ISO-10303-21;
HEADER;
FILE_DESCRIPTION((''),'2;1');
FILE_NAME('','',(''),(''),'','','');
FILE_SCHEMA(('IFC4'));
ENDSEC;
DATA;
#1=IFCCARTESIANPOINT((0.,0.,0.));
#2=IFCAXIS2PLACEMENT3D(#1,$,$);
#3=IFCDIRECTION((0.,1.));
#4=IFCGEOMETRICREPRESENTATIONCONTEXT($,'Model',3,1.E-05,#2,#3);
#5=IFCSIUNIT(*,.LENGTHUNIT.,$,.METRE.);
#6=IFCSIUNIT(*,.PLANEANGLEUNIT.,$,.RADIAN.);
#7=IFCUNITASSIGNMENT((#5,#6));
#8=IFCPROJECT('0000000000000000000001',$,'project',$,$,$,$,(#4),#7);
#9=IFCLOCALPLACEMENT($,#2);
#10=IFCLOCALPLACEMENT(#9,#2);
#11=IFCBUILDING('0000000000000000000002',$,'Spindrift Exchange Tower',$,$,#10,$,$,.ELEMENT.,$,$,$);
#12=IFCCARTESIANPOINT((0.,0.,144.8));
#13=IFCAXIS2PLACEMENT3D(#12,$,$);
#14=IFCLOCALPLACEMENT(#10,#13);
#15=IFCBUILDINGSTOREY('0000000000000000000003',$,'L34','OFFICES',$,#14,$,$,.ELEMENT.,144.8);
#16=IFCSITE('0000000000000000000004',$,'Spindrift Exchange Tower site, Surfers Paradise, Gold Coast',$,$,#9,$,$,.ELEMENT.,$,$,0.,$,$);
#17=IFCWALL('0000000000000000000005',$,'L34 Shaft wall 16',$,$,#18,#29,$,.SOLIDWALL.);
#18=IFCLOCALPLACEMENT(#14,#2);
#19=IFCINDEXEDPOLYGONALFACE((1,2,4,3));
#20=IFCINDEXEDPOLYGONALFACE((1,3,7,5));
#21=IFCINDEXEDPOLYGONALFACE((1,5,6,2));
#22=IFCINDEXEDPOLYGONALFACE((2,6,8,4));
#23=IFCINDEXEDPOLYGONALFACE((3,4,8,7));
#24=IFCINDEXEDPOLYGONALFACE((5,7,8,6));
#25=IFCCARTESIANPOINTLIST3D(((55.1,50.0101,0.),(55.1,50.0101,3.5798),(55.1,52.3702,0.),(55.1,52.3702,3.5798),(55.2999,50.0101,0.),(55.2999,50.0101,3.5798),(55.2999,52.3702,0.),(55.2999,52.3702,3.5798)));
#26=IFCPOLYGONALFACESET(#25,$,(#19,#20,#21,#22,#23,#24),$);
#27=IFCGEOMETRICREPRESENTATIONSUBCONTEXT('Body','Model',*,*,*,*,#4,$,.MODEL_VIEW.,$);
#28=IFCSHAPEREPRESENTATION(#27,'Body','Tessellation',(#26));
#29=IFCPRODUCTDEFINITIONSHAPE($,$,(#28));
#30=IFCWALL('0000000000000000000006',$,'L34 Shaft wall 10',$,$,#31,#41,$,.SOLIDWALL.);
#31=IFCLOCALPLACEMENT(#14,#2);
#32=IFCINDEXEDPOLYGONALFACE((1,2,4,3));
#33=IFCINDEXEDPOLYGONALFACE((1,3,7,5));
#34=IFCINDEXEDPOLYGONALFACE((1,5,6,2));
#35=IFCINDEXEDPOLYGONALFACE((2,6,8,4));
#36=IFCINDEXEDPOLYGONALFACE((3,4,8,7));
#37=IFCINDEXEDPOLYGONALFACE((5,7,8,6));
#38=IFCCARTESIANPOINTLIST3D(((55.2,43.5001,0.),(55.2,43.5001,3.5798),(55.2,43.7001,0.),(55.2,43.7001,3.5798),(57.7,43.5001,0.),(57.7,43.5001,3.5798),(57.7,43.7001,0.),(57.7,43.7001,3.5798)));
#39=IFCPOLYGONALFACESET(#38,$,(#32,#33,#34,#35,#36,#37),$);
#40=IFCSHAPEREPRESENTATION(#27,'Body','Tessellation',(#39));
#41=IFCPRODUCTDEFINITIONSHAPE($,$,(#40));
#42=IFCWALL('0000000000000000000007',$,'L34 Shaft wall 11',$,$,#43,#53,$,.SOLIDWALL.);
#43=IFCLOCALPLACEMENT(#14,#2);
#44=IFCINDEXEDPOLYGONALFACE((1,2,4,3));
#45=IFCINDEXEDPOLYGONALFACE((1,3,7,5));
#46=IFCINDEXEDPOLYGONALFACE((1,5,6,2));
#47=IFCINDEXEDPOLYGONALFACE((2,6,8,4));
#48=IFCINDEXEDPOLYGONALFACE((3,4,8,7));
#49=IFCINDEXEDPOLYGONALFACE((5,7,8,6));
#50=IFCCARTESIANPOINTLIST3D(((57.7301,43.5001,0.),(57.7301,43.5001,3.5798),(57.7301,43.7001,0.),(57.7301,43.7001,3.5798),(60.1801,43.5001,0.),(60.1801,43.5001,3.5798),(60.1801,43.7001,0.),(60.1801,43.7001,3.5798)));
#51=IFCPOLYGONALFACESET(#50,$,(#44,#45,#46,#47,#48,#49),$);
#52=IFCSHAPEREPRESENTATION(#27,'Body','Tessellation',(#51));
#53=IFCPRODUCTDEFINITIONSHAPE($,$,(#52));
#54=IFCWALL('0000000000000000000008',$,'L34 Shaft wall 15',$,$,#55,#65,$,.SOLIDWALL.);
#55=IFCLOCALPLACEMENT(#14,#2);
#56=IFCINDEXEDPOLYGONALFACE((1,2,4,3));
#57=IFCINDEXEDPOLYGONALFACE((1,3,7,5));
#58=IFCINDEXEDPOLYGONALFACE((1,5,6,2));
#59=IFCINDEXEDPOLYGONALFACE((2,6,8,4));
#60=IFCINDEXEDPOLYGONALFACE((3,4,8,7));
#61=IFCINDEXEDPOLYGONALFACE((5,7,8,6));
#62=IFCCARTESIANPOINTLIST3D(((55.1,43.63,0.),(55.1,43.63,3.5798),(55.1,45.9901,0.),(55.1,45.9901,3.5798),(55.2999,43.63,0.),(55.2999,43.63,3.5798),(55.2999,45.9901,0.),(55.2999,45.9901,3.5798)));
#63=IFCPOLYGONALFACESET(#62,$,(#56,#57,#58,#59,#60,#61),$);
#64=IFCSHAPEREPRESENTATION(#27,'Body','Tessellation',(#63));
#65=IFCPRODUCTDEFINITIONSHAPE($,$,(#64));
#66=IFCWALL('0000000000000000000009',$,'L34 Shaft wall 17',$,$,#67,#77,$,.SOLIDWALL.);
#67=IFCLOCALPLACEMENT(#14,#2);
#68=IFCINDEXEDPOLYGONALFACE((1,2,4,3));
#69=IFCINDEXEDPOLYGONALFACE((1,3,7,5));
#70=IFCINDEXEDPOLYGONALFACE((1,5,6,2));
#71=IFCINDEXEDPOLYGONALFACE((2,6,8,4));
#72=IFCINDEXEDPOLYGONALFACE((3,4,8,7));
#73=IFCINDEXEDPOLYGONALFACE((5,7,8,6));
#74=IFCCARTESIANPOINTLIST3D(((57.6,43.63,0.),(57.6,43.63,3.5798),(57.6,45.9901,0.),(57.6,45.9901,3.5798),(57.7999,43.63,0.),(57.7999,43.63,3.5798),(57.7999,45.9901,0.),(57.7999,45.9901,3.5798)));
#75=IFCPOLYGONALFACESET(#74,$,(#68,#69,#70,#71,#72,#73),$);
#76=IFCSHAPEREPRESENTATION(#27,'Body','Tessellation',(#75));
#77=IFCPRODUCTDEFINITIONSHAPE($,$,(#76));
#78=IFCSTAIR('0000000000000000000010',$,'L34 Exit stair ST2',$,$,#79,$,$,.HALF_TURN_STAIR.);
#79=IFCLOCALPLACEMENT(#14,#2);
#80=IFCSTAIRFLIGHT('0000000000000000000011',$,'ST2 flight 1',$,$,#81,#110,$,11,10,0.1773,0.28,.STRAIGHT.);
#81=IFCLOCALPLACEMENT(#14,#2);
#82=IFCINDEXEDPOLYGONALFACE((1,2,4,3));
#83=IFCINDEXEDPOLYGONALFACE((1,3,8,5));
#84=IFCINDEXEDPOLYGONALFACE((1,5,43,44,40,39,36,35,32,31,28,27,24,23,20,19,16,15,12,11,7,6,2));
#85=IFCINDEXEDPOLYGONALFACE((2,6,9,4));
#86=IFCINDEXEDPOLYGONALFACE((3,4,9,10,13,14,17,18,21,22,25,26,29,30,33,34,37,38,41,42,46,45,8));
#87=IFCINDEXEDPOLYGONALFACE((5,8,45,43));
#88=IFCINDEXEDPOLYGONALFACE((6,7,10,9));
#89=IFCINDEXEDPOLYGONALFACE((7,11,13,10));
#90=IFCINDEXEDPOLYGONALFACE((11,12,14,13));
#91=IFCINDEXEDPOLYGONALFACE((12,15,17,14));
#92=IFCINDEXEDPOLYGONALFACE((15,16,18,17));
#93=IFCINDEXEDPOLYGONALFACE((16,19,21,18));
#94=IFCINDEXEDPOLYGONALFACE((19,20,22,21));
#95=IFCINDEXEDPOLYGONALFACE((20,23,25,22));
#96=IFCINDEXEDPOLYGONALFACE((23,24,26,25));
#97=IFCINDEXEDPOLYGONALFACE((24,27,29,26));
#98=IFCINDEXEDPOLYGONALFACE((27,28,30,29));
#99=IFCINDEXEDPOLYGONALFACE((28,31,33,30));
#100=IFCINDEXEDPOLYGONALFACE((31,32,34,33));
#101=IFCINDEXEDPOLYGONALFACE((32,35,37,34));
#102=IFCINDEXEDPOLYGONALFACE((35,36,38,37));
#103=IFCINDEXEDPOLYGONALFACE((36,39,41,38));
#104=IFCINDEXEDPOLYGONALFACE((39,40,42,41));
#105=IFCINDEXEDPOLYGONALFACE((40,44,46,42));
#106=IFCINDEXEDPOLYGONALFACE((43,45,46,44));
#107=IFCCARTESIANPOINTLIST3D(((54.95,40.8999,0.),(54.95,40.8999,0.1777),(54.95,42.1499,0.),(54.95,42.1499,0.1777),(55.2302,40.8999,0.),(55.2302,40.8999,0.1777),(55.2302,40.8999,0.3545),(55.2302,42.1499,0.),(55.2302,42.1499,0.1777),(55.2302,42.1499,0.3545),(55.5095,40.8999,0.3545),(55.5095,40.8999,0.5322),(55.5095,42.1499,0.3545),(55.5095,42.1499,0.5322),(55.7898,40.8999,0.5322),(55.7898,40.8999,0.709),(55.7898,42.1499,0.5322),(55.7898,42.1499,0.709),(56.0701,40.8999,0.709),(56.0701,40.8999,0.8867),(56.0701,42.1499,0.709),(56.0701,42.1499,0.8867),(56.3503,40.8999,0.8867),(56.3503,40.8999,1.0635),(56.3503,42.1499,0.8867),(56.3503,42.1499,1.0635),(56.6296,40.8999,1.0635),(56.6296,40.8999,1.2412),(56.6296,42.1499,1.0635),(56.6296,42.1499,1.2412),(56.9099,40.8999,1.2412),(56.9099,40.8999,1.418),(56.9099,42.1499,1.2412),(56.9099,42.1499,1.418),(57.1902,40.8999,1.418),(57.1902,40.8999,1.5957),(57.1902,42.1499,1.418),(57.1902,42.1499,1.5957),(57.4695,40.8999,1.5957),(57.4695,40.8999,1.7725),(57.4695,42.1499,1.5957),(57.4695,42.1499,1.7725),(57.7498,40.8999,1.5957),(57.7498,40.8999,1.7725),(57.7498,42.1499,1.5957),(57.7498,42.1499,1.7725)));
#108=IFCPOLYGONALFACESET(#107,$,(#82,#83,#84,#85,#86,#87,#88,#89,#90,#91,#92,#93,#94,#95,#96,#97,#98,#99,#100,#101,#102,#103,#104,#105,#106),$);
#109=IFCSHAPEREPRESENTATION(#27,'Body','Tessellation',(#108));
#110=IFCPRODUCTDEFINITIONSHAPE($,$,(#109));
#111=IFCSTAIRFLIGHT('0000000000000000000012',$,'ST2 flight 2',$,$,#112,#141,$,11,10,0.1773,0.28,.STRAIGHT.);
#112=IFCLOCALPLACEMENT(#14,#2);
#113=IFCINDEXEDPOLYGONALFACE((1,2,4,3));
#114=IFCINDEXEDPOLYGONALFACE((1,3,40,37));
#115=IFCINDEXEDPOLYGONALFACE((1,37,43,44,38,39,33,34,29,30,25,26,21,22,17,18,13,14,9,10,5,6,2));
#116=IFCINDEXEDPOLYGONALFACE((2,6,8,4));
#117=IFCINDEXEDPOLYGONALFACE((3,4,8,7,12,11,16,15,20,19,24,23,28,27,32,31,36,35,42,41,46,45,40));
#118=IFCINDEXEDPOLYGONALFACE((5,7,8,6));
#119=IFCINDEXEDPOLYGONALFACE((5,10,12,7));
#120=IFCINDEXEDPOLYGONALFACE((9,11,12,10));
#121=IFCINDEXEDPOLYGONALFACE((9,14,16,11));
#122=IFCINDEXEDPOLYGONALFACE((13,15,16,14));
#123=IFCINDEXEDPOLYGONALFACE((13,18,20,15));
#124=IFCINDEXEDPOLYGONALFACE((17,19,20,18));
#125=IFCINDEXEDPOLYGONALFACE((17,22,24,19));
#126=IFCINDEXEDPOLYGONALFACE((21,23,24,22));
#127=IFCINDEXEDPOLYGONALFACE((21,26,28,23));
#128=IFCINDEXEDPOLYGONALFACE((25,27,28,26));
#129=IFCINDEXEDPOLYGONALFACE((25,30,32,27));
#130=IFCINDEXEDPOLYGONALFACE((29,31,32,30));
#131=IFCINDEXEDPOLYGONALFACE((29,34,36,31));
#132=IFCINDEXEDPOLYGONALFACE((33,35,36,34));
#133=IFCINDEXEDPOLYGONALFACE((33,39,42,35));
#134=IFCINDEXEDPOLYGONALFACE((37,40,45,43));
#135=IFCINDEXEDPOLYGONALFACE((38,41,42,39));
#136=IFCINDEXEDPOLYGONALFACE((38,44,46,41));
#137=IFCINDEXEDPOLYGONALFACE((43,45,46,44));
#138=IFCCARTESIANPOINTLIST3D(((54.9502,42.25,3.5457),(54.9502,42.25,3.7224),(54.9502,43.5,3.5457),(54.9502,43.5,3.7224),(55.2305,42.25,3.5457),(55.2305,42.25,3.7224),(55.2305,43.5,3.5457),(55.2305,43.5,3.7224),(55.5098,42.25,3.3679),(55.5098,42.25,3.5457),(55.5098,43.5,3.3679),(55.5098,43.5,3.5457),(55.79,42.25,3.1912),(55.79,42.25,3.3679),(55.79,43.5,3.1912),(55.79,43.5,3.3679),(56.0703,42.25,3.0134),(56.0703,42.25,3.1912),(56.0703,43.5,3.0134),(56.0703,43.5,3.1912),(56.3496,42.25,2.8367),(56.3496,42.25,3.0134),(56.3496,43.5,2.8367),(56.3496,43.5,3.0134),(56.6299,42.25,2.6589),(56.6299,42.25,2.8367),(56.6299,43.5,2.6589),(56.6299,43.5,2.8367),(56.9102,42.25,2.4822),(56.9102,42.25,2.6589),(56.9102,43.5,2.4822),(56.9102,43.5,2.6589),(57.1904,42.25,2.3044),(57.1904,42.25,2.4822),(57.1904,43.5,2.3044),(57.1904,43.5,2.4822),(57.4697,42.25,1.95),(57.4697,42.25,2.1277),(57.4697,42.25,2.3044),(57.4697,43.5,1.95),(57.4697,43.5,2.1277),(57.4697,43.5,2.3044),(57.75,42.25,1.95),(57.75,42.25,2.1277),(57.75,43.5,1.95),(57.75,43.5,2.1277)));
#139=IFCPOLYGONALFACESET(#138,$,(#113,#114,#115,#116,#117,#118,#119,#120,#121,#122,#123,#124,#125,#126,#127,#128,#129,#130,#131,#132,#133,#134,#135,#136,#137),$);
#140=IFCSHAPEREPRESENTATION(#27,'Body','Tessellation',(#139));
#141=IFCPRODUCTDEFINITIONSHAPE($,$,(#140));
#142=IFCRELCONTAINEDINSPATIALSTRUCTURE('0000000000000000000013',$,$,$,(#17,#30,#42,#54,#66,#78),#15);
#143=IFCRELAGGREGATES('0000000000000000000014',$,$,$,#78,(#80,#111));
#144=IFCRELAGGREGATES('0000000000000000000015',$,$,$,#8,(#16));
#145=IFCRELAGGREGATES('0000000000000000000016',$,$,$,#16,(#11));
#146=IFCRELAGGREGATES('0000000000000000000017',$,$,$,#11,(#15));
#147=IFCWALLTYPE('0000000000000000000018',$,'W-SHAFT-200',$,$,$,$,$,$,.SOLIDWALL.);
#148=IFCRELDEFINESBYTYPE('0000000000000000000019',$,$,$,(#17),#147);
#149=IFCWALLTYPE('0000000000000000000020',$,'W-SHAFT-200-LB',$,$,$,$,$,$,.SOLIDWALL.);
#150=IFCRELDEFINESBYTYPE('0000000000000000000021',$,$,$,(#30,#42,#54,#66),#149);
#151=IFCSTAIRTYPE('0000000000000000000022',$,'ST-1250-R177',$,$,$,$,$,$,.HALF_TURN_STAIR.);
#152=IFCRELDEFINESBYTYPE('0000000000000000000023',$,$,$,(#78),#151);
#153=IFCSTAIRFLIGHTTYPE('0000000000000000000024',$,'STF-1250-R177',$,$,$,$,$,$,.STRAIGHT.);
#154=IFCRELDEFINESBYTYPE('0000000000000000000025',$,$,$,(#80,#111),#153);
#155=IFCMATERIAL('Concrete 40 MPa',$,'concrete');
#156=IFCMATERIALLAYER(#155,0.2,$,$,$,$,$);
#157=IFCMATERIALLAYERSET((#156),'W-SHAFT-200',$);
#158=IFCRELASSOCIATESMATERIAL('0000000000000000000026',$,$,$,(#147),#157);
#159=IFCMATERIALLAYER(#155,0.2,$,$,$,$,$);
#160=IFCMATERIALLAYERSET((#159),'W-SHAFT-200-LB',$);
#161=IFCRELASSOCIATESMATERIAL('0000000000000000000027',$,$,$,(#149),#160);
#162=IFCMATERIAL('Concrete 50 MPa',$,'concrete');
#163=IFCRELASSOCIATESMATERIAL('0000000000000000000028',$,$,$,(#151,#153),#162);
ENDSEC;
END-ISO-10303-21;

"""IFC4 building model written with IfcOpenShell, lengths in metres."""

from ifc_helpers import new_model, si_unit, direction, frame, frame_2d, origin, place, context, subcontext, project, spatial, line, indexed_curve, rectangle, outline, extrude, material, layer, layer_set, type_object, element, aggregate, save


model = new_model("IFC4")

# Units and contexts
model_context = context("Model", 3, precision=1e-05, world=origin(), true_north=direction((0.0, 1.0)))
body_context = subcontext(model_context, "Body", "Model", "MODEL_VIEW")
ifc_project = project(units=[si_unit("LENGTHUNIT", "METRE"), si_unit("PLANEANGLEUNIT", "RADIAN")], contexts=[model_context])

# Site, building, storey
site_placement = place(None, origin())
site = spatial("IfcSite", under=ifc_project, at=site_placement, Name="Spindrift Exchange Tower site, Surfers Paradise, Gold Coast", CompositionType="ELEMENT", RefElevation=0.0)
building_placement = place(site_placement, origin())
building = spatial("IfcBuilding", under=site, at=building_placement, Name="Spindrift Exchange Tower", CompositionType="ELEMENT")
storey_placement = place(building_placement, frame((0.0, 0.0, 144.8)))
storey = spatial("IfcBuildingStorey", under=building, at=storey_placement, Name="L34", Description="OFFICES", CompositionType="ELEMENT", Elevation=144.8)

# Walls
ifc_material_1 = material(Name="Concrete 40 MPa", Category="concrete")
ifc_layer_1 = layer(ifc_material_1, 0.2)
ifc_layer_set_1 = layer_set([ifc_layer_1], Name="W-SHAFT-200")
wall_type_1 = type_object("IfcWallType", Name="W-SHAFT-200", PredefinedType="SOLIDWALL", material=ifc_layer_set_1)
wall_1_placement = place(storey_placement, frame((55.2, 50.01, 0.0), z_axis=(0.0, 0.0, 1.0), x_axis=(0.0, 1.0, 0.0)))
element("IfcWall", 1, at=wall_1_placement, inside=storey, type_object=wall_type_1, Name="L34 Shaft wall 16", PredefinedType="SOLIDWALL", context=body_context, shape_type="SweptSolid", body=[
    extrude(rectangle(XDim=2.3601, YDim=0.2, at=frame_2d((1.1802, 0.0))), origin(), (0.0, 0.0, 1.0), 3.5798),
])
ifc_layer_2 = layer(ifc_material_1, 0.2)
ifc_layer_set_2 = layer_set([ifc_layer_2], Name="W-SHAFT-200-LB")
wall_type_2 = type_object("IfcWallType", Name="W-SHAFT-200-LB", PredefinedType="SOLIDWALL", material=ifc_layer_set_2)
wall_2_placement = place(storey_placement, frame((55.2, 43.6001, 0.0), z_axis=(0.0, 0.0, 1.0), x_axis=(1.0, 0.0, 0.0)))
element("IfcWall", 2, at=wall_2_placement, inside=storey, type_object=wall_type_2, Name="L34 Shaft wall 10", PredefinedType="SOLIDWALL", context=body_context, shape_type="SweptSolid", body=[
    extrude(rectangle(XDim=2.5, YDim=0.2, at=frame_2d((1.25, 0.0))), origin(), (0.0, 0.0, 1.0), 3.5798),
])
wall_3_placement = place(storey_placement, frame((57.73, 43.6001, 0.0), z_axis=(0.0, 0.0, 1.0), x_axis=(1.0, 0.0, 0.0)))
element("IfcWall", 3, at=wall_3_placement, inside=storey, type_object=wall_type_2, Name="L34 Shaft wall 11", PredefinedType="SOLIDWALL", context=body_context, shape_type="SweptSolid", body=[
    extrude(rectangle(XDim=2.45, YDim=0.2, at=frame_2d((1.2251, 0.0))), origin(), (0.0, 0.0, 1.0), 3.5798),
])
for number, where, z_axis, x_axis, name in (
    (4, (55.2, 43.6299, 0.0), (0.0, 0.0, 1.0), (0.0, 1.0, 0.0), "L34 Shaft wall 15"),
    (5, (57.7, 43.6299, 0.0), (0.0, 0.0, 1.0), (0.0, 1.0, 0.0), "L34 Shaft wall 17"),
):
    element("IfcWall", number, at=place(storey_placement, frame(where, z_axis=z_axis, x_axis=x_axis)), inside=storey, type_object=wall_type_2, Name=name, PredefinedType="SOLIDWALL", context=body_context, shape_type="SweptSolid", body=[
        extrude(rectangle(XDim=2.3601, YDim=0.2, at=frame_2d((1.1802, 0.0))), origin(), (0.0, 0.0, 1.0), 3.5798),
    ])

# Stair, stair flights
ifc_material_2 = material(Name="Concrete 50 MPa", Category="concrete")
stair_type = type_object("IfcStairType", Name="ST-1250-R177", PredefinedType="HALF_TURN_STAIR", material=ifc_material_2)
stair_placement = place(storey_placement, origin())
stair = element("IfcStair", 6, at=stair_placement, inside=storey, type_object=stair_type, Name="L34 Exit stair ST2", PredefinedType="HALF_TURN_STAIR")
stair_flight_type = type_object("IfcStairFlightType", Name="STF-1250-R177", PredefinedType="STRAIGHT", material=ifc_material_2)
stair_flight_1_placement = place(storey_placement, frame((54.95, 41.5249, 0.0), z_axis=(0.0, 0.0, 1.0), x_axis=(1.0, 0.0, 0.0)))
stair_flight_1 = element("IfcStairFlight", 7, at=stair_flight_1_placement, type_object=stair_flight_type, Name="ST2 flight 1", NumberOfRisers=11, NumberOfTreads=10, PredefinedType="STRAIGHT", RiserHeight=0.1773, TreadLength=0.28, context=body_context, shape_type="SweptSolid", body=[
    extrude(outline(indexed_curve([(0.0, 0.0), (0.0, 0.1777), (0.2803, 0.1777), (0.2803, 0.3545), (0.5596, 0.3545), (0.5596, 0.5322), (0.8398, 0.5322), (0.8398, 0.709), (1.1201, 0.709), (1.1201, 0.8867), (1.4004, 0.8867), (1.4004, 1.0635), (1.6797, 1.0635), (1.6797, 1.2412), (1.96, 1.2412), (1.96, 1.418), (2.2402, 1.418), (2.2402, 1.5957), (2.5195, 1.5957), (2.5195, 1.7725), (2.7998, 1.7725), (2.7998, 1.9502), (2.7998, 1.5957), (0.2803, 0.0)], segments=[line(1, 2, 3, 4, 5, 6, 7, 8, 9, 10, 11, 12, 13, 14, 15, 16, 17, 18, 19, 20, 21, 22, 23, 24, 1)], self_intersect=False)), frame((0.0, 0.625, 0.0), z_axis=(0.0, -1.0, 0.0), x_axis=(1.0, 0.0, 0.0)), (0.0, 0.0, 1.0), 1.25),
])
stair_flight_2_placement = place(storey_placement, frame((57.75, 42.875, 1.95), z_axis=(0.0, 0.0, 1.0), x_axis=(-1.0, 0.0, 0.0)))
stair_flight_2 = element("IfcStairFlight", 8, at=stair_flight_2_placement, type_object=stair_flight_type, Name="ST2 flight 2", NumberOfRisers=11, NumberOfTreads=10, PredefinedType="STRAIGHT", RiserHeight=0.1773, TreadLength=0.28, context=body_context, shape_type="SweptSolid", body=[
    extrude(outline(indexed_curve([(0.0, 0.0), (0.0, 0.1777), (0.2803, 0.1777), (0.2803, 0.3545), (0.5596, 0.3545), (0.5596, 0.5322), (0.8398, 0.5322), (0.8398, 0.709), (1.1201, 0.709), (1.1201, 0.8867), (1.4004, 0.8867), (1.4004, 1.0635), (1.6797, 1.0635), (1.6797, 1.2412), (1.96, 1.2412), (1.96, 1.418), (2.2402, 1.418), (2.2402, 1.5957), (2.5195, 1.5957), (2.5195, 1.7725), (2.7998, 1.7725), (2.7998, 1.9502), (2.7998, 1.5957), (0.2803, 0.0)], segments=[line(1, 2, 3, 4, 5, 6, 7, 8, 9, 10, 11, 12, 13, 14, 15, 16, 17, 18, 19, 20, 21, 22, 23, 24, 1)], self_intersect=False)), frame((0.0, 0.625, 0.0), z_axis=(0.0, -1.0, 0.0), x_axis=(1.0, 0.0, 0.0)), (0.0, 0.0, 1.0), 1.25),
])
aggregate(stair, [stair_flight_1, stair_flight_2])

save(model, "model.ifc")
